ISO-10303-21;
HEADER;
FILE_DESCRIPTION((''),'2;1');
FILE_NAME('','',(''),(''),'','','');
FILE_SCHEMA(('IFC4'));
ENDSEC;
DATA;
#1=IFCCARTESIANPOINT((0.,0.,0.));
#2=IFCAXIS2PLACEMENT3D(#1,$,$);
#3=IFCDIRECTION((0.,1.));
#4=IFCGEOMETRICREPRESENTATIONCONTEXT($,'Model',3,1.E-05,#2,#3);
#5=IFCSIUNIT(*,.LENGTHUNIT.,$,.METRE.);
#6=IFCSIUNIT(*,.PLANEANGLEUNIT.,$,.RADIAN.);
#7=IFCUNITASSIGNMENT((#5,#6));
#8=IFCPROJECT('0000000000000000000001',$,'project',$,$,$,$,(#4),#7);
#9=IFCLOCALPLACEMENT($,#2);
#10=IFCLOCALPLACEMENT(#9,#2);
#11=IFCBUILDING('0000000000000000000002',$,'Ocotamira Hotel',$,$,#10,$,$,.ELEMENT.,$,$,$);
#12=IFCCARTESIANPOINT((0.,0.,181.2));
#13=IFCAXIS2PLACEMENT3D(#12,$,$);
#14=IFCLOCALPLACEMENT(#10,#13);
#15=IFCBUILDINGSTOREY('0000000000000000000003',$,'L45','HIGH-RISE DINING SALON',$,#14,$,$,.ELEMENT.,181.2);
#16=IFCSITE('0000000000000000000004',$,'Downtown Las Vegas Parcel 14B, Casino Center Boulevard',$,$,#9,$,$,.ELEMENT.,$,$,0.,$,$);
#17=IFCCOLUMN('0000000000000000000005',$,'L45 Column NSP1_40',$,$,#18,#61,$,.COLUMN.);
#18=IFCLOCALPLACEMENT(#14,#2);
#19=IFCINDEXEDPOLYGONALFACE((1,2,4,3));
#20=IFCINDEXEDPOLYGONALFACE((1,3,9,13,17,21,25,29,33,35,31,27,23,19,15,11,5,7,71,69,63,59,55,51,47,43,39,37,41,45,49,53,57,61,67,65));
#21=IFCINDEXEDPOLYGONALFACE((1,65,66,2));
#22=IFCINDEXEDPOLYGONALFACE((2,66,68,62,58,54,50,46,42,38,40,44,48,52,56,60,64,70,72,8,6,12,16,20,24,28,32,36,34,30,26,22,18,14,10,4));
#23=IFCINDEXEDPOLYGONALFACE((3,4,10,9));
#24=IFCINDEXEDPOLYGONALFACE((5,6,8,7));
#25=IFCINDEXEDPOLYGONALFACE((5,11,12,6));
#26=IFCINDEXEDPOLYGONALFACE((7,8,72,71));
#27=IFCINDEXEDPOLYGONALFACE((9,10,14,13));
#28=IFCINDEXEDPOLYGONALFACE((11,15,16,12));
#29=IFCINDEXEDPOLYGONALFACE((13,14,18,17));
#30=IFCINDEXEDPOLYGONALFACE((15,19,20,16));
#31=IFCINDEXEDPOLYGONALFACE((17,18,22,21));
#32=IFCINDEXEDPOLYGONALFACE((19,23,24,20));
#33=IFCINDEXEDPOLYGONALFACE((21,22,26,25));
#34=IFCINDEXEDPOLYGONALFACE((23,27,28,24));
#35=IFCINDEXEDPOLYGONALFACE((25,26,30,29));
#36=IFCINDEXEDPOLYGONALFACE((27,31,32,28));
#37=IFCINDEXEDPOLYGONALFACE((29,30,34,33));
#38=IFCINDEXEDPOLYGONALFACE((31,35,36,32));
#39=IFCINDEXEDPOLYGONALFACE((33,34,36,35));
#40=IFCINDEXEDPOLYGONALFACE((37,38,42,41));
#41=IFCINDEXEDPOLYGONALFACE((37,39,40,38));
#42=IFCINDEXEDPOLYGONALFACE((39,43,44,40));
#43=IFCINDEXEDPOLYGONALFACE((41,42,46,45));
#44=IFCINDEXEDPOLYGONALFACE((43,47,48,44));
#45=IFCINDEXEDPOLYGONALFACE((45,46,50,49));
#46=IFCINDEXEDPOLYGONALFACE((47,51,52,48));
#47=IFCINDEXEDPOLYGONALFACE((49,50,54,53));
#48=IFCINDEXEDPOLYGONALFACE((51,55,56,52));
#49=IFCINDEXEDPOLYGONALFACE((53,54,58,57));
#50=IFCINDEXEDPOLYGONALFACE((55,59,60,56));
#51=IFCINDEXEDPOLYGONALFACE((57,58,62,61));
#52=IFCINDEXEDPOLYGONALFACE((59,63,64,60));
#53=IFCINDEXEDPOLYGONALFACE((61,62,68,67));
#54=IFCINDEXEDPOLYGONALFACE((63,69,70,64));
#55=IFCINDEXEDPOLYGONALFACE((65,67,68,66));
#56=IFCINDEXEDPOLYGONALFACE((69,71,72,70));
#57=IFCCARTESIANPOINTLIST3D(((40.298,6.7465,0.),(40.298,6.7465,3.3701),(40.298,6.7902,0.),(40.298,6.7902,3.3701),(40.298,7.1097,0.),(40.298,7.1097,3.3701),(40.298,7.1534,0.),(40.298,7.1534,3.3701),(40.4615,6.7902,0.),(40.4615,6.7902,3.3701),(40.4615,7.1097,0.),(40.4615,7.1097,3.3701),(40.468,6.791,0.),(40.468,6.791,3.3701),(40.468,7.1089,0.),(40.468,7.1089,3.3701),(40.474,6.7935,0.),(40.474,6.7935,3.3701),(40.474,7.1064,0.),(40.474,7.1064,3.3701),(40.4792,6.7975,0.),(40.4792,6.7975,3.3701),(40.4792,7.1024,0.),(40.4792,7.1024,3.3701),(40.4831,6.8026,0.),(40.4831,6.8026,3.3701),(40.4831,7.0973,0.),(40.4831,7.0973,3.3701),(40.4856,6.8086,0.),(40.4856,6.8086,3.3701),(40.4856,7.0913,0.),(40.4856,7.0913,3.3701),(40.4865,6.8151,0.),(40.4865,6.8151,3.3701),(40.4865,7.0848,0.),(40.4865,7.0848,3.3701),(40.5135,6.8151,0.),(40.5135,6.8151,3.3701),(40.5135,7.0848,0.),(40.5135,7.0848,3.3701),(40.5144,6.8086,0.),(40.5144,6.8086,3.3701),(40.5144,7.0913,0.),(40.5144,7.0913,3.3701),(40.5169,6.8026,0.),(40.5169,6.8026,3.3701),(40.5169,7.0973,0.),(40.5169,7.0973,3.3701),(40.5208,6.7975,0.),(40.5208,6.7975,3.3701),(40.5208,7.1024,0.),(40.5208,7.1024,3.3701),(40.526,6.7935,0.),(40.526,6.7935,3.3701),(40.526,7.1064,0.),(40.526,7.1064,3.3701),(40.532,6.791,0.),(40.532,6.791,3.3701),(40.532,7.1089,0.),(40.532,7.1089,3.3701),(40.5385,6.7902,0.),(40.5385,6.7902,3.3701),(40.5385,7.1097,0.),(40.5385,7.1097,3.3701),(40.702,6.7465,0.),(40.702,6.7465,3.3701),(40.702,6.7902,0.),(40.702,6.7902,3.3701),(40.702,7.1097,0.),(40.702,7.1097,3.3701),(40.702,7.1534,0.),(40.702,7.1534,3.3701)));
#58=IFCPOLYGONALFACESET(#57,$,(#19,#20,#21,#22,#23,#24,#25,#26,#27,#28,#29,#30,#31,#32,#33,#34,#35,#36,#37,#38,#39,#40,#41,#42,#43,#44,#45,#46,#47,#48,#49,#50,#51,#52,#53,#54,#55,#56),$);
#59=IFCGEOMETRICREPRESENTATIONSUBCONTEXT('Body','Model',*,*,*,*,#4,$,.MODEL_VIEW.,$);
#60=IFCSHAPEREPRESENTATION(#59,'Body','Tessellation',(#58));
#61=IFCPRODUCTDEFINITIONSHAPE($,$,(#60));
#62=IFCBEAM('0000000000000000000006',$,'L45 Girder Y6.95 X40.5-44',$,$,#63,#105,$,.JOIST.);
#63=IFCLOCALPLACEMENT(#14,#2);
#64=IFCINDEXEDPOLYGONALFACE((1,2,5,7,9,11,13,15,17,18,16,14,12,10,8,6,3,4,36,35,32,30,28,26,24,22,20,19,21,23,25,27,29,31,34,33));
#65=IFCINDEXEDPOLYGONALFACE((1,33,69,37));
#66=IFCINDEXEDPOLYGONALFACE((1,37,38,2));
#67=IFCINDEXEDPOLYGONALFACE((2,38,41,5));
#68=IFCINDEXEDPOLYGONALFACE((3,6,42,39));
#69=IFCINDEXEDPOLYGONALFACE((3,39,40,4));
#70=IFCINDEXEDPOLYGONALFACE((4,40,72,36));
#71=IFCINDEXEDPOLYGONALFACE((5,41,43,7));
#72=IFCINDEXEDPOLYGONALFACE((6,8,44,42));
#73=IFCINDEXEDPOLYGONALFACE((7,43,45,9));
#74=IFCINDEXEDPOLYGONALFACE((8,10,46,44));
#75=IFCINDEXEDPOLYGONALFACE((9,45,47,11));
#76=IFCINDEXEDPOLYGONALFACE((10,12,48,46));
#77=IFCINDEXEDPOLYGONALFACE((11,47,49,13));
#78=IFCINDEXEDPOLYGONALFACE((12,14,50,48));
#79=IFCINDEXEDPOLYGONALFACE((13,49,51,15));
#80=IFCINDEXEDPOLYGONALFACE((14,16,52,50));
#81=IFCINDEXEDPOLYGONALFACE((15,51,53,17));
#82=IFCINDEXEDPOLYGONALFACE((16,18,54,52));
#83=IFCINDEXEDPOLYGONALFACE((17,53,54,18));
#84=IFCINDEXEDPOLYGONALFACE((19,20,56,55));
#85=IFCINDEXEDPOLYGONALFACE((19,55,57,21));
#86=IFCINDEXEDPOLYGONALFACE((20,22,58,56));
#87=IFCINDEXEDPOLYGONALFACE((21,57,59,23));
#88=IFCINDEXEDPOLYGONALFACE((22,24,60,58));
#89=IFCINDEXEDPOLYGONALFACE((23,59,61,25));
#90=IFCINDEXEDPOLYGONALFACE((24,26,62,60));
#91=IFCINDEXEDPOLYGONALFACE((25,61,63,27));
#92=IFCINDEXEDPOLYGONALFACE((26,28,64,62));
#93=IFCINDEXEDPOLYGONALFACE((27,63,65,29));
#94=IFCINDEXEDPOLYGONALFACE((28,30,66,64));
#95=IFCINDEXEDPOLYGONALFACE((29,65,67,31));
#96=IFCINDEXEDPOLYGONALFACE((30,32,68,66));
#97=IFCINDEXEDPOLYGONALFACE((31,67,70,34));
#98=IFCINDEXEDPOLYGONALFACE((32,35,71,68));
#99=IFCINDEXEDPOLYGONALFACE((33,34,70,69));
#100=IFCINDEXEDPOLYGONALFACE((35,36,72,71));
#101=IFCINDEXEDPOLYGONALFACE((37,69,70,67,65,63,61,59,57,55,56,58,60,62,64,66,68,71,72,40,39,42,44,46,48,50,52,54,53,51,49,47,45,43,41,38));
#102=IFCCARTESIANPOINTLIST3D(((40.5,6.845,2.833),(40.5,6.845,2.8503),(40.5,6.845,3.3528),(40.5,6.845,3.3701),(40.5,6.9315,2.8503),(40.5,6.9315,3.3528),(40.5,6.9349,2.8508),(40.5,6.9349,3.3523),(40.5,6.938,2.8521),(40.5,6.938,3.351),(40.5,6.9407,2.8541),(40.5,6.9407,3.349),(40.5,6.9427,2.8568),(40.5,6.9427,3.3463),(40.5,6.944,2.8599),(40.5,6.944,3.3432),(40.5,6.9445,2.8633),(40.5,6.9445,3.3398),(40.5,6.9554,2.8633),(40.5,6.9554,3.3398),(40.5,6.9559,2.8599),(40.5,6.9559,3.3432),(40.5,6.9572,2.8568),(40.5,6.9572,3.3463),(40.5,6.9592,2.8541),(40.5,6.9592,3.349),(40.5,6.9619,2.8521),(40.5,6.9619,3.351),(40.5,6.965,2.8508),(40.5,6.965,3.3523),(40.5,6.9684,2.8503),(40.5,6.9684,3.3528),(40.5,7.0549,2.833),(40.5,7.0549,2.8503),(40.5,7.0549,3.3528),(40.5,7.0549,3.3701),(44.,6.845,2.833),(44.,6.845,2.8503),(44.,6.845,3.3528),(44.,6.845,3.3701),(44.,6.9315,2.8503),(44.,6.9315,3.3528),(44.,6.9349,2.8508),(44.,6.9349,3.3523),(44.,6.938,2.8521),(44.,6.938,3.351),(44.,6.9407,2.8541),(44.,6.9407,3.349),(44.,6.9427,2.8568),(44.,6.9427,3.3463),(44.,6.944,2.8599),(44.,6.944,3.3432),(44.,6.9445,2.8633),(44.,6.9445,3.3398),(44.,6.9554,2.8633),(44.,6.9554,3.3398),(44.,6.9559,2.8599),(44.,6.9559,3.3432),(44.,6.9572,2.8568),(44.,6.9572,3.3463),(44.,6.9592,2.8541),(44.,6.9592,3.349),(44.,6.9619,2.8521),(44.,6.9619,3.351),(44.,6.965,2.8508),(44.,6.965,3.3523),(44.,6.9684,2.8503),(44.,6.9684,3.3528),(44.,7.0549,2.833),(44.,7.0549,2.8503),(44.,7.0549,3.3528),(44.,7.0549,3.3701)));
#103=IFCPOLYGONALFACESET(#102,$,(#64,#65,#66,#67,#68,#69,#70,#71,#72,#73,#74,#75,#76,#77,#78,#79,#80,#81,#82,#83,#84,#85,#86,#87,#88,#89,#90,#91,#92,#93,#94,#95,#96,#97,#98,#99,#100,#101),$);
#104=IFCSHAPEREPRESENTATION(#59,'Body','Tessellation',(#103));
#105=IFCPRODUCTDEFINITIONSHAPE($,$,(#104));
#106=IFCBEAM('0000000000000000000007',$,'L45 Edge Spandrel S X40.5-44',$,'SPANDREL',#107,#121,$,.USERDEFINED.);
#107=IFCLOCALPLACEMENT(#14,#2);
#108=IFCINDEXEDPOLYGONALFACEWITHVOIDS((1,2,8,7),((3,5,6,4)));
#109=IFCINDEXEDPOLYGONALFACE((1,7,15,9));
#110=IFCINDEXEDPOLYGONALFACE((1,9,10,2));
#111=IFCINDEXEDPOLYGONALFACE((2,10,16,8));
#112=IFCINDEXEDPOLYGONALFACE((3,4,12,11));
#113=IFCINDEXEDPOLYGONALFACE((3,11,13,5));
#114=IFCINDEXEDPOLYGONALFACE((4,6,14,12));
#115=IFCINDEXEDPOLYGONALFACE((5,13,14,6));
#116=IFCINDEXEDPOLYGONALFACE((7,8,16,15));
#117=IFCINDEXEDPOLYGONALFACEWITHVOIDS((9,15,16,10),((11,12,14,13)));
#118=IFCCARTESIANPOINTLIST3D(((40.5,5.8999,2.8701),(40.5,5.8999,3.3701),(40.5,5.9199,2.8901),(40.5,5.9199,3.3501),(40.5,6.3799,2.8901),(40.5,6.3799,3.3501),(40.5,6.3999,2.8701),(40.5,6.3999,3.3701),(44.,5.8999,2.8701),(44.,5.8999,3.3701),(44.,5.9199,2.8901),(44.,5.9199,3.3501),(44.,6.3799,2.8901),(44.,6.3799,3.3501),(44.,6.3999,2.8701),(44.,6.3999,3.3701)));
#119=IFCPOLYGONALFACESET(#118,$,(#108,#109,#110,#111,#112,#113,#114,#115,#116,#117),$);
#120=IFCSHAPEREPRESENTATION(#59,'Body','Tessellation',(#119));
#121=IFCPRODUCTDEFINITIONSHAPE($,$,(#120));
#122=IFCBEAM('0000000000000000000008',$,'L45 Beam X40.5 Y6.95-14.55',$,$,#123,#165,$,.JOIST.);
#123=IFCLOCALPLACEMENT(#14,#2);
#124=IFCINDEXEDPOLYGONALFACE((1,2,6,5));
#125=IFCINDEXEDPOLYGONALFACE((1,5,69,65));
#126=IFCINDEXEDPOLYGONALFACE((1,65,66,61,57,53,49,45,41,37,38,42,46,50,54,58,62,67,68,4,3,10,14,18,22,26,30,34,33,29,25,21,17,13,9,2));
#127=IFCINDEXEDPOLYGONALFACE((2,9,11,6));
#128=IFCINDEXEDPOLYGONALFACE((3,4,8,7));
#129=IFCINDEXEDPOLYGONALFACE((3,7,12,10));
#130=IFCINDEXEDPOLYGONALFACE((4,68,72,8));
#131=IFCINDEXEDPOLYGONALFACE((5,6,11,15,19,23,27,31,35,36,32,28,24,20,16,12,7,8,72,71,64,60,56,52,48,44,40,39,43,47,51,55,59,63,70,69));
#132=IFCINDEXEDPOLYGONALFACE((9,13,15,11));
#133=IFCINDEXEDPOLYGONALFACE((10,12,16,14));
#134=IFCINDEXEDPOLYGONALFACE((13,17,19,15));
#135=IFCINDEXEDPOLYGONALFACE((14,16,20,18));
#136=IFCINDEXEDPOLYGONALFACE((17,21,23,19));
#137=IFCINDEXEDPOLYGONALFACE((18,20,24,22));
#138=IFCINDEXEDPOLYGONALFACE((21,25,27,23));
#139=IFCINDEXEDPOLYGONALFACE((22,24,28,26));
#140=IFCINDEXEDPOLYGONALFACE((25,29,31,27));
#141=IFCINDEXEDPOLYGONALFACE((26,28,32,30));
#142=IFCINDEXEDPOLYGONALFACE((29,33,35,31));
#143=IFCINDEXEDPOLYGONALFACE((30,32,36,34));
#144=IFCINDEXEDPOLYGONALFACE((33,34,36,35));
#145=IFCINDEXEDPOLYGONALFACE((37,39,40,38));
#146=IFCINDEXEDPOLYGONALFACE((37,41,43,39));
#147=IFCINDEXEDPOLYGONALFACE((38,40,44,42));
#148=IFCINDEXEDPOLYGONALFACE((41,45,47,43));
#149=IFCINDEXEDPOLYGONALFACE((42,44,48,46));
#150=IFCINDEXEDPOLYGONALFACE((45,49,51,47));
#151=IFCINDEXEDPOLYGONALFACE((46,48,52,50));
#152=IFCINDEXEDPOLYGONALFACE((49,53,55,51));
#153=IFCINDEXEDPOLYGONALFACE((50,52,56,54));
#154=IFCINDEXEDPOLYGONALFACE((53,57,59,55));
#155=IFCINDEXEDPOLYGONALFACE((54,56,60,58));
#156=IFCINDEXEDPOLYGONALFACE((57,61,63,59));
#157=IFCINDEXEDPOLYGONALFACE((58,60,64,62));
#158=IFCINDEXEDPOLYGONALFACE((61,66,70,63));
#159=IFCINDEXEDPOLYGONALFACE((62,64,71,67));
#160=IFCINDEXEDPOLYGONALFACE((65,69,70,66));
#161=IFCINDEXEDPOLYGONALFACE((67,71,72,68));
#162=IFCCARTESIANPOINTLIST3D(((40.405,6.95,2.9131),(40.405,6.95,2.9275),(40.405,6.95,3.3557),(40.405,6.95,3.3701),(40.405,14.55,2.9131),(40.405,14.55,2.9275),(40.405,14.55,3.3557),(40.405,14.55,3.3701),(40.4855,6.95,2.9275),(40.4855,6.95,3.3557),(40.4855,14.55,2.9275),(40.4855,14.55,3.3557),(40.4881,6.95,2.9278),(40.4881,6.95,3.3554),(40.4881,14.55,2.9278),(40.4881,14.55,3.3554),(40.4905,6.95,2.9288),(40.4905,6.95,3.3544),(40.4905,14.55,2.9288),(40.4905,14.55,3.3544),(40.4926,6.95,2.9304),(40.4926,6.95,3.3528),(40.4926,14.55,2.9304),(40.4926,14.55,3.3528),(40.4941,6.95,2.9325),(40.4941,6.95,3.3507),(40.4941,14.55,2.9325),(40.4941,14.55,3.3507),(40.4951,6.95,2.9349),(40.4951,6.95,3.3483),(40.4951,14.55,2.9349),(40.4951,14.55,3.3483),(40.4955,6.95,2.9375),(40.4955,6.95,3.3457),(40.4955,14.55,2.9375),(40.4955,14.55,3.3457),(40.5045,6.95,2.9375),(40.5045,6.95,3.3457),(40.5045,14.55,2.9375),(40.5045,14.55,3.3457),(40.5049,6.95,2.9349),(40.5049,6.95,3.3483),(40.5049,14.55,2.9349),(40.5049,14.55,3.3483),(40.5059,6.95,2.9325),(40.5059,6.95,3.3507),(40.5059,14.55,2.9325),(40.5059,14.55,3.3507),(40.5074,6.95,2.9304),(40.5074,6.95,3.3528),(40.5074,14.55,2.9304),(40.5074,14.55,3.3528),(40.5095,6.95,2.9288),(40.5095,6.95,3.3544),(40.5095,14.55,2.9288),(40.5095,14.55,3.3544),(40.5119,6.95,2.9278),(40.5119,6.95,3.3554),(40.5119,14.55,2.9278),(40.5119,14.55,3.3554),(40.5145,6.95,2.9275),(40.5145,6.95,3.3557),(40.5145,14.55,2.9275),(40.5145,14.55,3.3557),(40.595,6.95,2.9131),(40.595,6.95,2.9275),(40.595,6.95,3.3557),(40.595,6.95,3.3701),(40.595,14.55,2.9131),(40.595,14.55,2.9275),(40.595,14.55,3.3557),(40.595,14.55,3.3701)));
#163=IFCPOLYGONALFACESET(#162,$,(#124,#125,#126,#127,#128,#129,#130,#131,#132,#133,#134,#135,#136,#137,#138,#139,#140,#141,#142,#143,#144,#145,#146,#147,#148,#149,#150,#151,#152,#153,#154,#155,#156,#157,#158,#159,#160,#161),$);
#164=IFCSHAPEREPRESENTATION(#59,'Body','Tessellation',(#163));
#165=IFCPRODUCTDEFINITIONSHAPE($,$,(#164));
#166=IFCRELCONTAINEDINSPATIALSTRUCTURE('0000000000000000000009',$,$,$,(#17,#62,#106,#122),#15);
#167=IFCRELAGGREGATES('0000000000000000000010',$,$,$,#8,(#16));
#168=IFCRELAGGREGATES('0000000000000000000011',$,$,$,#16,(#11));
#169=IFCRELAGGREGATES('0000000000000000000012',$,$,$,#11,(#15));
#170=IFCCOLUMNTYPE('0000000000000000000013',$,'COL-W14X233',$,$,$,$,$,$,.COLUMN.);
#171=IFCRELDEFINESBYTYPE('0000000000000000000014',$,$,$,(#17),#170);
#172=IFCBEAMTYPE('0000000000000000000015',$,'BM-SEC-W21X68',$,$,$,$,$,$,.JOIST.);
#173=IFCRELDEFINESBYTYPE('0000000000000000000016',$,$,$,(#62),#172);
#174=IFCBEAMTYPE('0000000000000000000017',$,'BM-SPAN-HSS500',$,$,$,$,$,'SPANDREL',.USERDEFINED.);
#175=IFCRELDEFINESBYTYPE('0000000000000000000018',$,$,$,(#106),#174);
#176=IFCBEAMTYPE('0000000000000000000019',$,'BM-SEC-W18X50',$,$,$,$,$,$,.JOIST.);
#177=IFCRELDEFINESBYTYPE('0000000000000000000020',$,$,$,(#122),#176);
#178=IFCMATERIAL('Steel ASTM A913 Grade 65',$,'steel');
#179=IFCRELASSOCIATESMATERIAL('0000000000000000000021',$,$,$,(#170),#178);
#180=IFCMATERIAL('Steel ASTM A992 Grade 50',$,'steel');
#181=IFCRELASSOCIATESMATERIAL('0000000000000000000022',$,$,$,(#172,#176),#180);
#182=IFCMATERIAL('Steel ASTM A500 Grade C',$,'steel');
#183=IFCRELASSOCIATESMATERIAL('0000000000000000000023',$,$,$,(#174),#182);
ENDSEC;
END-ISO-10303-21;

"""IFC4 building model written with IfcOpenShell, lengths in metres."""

from ifc_helpers import new_model, si_unit, direction, frame, origin, origin_2d, place, context, subcontext, project, spatial, hollow_rectangle, i_section, extrude, source, transform, mapped, material, material_profile, profile_set, type_object, element, save


model = new_model("IFC4")

# Units and contexts
model_context = context("Model", 3, precision=1e-05, world=origin(), true_north=direction((0.0, 1.0)))
body_context = subcontext(model_context, "Body", "Model", "MODEL_VIEW")
ifc_project = project(units=[si_unit("LENGTHUNIT", "METRE"), si_unit("PLANEANGLEUNIT", "RADIAN")], contexts=[model_context])

# Site, building, storey
site_placement = place(None, origin())
site = spatial("IfcSite", under=ifc_project, at=site_placement, Name="Downtown Las Vegas Parcel 14B, Casino Center Boulevard", CompositionType="ELEMENT", RefElevation=0.0)
building_placement = place(site_placement, origin())
building = spatial("IfcBuilding", under=site, at=building_placement, Name="Ocotamira Hotel", CompositionType="ELEMENT")
storey_placement = place(building_placement, frame((0.0, 0.0, 181.2)))
storey = spatial("IfcBuildingStorey", under=building, at=storey_placement, Name="L45", Description="HIGH-RISE DINING SALON", CompositionType="ELEMENT", Elevation=181.2)

# Column
ifc_material_1 = material(Name="Steel ASTM A913 Grade 65", Category="steel")
ifc_material_profile_1 = material_profile(ifc_material_1, i_section(OverallWidth=0.4041, OverallDepth=0.407, WebThickness=0.0271, FlangeThickness=0.0437, FilletRadius=0.0249, at=origin_2d()), Name="W14X233")
ifc_profile_set_1 = profile_set([ifc_material_profile_1], Name="Steel ASTM A913 Grade 65")
column_type = type_object("IfcColumnType", Name="COL-W14X233", PredefinedType="COLUMN", material=ifc_profile_set_1)
shared_shape_1 = source(origin(), body_context, "Body", "SweptSolid", [
    extrude(i_section(OverallWidth=0.4041, OverallDepth=0.407, WebThickness=0.0271, FlangeThickness=0.0437, FilletRadius=0.0249, at=origin_2d()), origin(), (0.0, 0.0, 1.0), 3.3701),
])
column_placement = place(storey_placement, frame((40.5, 6.95, 0.0), z_axis=(0.0, 0.0, 1.0), x_axis=(1.0, 0.0, 0.0)))
element("IfcColumn", 1, at=column_placement, inside=storey, type_object=column_type, Name="L45 Column NSP1_40", PredefinedType="COLUMN", context=body_context, shape_type="MappedRepresentation", body=[
    mapped(shared_shape_1, transform((0.0, 0.0, 0.0), scale=1.0)),
])

# Beams
ifc_material_2 = material(Name="Steel ASTM A992 Grade 50", Category="steel")
ifc_material_profile_2 = material_profile(ifc_material_2, i_section(OverallWidth=0.21, OverallDepth=0.5371, WebThickness=0.011, FlangeThickness=0.0173, FilletRadius=0.0129, at=origin_2d()), Name="W21X68")
ifc_profile_set_2 = profile_set([ifc_material_profile_2], Name="Steel ASTM A992 Grade 50")
beam_type_1 = type_object("IfcBeamType", Name="BM-SEC-W21X68", PredefinedType="JOIST", material=ifc_profile_set_2)
shared_shape_2 = source(origin(), body_context, "Body", "SweptSolid", [
    extrude(i_section(OverallWidth=0.21, OverallDepth=0.5371, WebThickness=0.011, FlangeThickness=0.0173, FilletRadius=0.0129, at=origin_2d()), origin(), (0.0, 0.0, 1.0), 3.5),
])
beam_1_placement = place(storey_placement, frame((40.5, 6.95, 3.1016), z_axis=(1.0, 0.0, 0.0), x_axis=(0.0, 1.0, 0.0)))
element("IfcBeam", 2, at=beam_1_placement, inside=storey, type_object=beam_type_1, Name="L45 Girder Y6.95 X40.5-44", PredefinedType="JOIST", context=body_context, shape_type="MappedRepresentation", body=[
    mapped(shared_shape_2, transform((0.0, 0.0, 0.0), scale=1.0)),
])
ifc_material_3 = material(Name="Steel ASTM A500 Grade C", Category="steel")
ifc_material_profile_3 = material_profile(ifc_material_3, hollow_rectangle(XDim=0.5, YDim=0.5, WallThickness=0.02, at=origin_2d()), Name="HSS500X500X20")
ifc_profile_set_3 = profile_set([ifc_material_profile_3], Name="Steel ASTM A500 Grade C")
beam_type_2 = type_object("IfcBeamType", Name="BM-SPAN-HSS500", ElementType="SPANDREL", PredefinedType="USERDEFINED", material=ifc_profile_set_3)
shared_shape_3 = source(origin(), body_context, "Body", "SweptSolid", [
    extrude(hollow_rectangle(XDim=0.5, YDim=0.5, WallThickness=0.02, at=origin_2d()), origin(), (0.0, 0.0, 1.0), 3.5),
])
beam_2_placement = place(storey_placement, frame((40.5, 6.1499, 3.1201), z_axis=(1.0, 0.0, 0.0), x_axis=(0.0, 1.0, 0.0)))
element("IfcBeam", 3, at=beam_2_placement, inside=storey, type_object=beam_type_2, Name="L45 Edge Spandrel S X40.5-44", ObjectType="SPANDREL", PredefinedType="USERDEFINED", context=body_context, shape_type="MappedRepresentation", body=[
    mapped(shared_shape_3, transform((0.0, 0.0, 0.0), scale=1.0)),
])
ifc_material_profile_4 = material_profile(ifc_material_2, i_section(OverallWidth=0.1899, OverallDepth=0.457, WebThickness=0.009, FlangeThickness=0.0144, FilletRadius=0.01, at=origin_2d()), Name="W18X50")
ifc_profile_set_4 = profile_set([ifc_material_profile_4], Name="Steel ASTM A992 Grade 50")
beam_type_3 = type_object("IfcBeamType", Name="BM-SEC-W18X50", PredefinedType="JOIST", material=ifc_profile_set_4)
shared_shape_4 = source(origin(), body_context, "Body", "SweptSolid", [
    extrude(i_section(OverallWidth=0.1899, OverallDepth=0.457, WebThickness=0.009, FlangeThickness=0.0144, FilletRadius=0.01, at=origin_2d()), origin(), (0.0, 0.0, 1.0), 7.6001),
])
beam_3_placement = place(storey_placement, frame((40.5, 6.95, 3.1416), z_axis=(0.0, 1.0, 0.0), x_axis=(-1.0, 0.0, 0.0)))
element("IfcBeam", 4, at=beam_3_placement, inside=storey, type_object=beam_type_3, Name="L45 Beam X40.5 Y6.95-14.55", PredefinedType="JOIST", context=body_context, shape_type="MappedRepresentation", body=[
    mapped(shared_shape_4, transform((0.0, 0.0, 0.0), scale=1.0)),
])

save(model, "model.ifc")
